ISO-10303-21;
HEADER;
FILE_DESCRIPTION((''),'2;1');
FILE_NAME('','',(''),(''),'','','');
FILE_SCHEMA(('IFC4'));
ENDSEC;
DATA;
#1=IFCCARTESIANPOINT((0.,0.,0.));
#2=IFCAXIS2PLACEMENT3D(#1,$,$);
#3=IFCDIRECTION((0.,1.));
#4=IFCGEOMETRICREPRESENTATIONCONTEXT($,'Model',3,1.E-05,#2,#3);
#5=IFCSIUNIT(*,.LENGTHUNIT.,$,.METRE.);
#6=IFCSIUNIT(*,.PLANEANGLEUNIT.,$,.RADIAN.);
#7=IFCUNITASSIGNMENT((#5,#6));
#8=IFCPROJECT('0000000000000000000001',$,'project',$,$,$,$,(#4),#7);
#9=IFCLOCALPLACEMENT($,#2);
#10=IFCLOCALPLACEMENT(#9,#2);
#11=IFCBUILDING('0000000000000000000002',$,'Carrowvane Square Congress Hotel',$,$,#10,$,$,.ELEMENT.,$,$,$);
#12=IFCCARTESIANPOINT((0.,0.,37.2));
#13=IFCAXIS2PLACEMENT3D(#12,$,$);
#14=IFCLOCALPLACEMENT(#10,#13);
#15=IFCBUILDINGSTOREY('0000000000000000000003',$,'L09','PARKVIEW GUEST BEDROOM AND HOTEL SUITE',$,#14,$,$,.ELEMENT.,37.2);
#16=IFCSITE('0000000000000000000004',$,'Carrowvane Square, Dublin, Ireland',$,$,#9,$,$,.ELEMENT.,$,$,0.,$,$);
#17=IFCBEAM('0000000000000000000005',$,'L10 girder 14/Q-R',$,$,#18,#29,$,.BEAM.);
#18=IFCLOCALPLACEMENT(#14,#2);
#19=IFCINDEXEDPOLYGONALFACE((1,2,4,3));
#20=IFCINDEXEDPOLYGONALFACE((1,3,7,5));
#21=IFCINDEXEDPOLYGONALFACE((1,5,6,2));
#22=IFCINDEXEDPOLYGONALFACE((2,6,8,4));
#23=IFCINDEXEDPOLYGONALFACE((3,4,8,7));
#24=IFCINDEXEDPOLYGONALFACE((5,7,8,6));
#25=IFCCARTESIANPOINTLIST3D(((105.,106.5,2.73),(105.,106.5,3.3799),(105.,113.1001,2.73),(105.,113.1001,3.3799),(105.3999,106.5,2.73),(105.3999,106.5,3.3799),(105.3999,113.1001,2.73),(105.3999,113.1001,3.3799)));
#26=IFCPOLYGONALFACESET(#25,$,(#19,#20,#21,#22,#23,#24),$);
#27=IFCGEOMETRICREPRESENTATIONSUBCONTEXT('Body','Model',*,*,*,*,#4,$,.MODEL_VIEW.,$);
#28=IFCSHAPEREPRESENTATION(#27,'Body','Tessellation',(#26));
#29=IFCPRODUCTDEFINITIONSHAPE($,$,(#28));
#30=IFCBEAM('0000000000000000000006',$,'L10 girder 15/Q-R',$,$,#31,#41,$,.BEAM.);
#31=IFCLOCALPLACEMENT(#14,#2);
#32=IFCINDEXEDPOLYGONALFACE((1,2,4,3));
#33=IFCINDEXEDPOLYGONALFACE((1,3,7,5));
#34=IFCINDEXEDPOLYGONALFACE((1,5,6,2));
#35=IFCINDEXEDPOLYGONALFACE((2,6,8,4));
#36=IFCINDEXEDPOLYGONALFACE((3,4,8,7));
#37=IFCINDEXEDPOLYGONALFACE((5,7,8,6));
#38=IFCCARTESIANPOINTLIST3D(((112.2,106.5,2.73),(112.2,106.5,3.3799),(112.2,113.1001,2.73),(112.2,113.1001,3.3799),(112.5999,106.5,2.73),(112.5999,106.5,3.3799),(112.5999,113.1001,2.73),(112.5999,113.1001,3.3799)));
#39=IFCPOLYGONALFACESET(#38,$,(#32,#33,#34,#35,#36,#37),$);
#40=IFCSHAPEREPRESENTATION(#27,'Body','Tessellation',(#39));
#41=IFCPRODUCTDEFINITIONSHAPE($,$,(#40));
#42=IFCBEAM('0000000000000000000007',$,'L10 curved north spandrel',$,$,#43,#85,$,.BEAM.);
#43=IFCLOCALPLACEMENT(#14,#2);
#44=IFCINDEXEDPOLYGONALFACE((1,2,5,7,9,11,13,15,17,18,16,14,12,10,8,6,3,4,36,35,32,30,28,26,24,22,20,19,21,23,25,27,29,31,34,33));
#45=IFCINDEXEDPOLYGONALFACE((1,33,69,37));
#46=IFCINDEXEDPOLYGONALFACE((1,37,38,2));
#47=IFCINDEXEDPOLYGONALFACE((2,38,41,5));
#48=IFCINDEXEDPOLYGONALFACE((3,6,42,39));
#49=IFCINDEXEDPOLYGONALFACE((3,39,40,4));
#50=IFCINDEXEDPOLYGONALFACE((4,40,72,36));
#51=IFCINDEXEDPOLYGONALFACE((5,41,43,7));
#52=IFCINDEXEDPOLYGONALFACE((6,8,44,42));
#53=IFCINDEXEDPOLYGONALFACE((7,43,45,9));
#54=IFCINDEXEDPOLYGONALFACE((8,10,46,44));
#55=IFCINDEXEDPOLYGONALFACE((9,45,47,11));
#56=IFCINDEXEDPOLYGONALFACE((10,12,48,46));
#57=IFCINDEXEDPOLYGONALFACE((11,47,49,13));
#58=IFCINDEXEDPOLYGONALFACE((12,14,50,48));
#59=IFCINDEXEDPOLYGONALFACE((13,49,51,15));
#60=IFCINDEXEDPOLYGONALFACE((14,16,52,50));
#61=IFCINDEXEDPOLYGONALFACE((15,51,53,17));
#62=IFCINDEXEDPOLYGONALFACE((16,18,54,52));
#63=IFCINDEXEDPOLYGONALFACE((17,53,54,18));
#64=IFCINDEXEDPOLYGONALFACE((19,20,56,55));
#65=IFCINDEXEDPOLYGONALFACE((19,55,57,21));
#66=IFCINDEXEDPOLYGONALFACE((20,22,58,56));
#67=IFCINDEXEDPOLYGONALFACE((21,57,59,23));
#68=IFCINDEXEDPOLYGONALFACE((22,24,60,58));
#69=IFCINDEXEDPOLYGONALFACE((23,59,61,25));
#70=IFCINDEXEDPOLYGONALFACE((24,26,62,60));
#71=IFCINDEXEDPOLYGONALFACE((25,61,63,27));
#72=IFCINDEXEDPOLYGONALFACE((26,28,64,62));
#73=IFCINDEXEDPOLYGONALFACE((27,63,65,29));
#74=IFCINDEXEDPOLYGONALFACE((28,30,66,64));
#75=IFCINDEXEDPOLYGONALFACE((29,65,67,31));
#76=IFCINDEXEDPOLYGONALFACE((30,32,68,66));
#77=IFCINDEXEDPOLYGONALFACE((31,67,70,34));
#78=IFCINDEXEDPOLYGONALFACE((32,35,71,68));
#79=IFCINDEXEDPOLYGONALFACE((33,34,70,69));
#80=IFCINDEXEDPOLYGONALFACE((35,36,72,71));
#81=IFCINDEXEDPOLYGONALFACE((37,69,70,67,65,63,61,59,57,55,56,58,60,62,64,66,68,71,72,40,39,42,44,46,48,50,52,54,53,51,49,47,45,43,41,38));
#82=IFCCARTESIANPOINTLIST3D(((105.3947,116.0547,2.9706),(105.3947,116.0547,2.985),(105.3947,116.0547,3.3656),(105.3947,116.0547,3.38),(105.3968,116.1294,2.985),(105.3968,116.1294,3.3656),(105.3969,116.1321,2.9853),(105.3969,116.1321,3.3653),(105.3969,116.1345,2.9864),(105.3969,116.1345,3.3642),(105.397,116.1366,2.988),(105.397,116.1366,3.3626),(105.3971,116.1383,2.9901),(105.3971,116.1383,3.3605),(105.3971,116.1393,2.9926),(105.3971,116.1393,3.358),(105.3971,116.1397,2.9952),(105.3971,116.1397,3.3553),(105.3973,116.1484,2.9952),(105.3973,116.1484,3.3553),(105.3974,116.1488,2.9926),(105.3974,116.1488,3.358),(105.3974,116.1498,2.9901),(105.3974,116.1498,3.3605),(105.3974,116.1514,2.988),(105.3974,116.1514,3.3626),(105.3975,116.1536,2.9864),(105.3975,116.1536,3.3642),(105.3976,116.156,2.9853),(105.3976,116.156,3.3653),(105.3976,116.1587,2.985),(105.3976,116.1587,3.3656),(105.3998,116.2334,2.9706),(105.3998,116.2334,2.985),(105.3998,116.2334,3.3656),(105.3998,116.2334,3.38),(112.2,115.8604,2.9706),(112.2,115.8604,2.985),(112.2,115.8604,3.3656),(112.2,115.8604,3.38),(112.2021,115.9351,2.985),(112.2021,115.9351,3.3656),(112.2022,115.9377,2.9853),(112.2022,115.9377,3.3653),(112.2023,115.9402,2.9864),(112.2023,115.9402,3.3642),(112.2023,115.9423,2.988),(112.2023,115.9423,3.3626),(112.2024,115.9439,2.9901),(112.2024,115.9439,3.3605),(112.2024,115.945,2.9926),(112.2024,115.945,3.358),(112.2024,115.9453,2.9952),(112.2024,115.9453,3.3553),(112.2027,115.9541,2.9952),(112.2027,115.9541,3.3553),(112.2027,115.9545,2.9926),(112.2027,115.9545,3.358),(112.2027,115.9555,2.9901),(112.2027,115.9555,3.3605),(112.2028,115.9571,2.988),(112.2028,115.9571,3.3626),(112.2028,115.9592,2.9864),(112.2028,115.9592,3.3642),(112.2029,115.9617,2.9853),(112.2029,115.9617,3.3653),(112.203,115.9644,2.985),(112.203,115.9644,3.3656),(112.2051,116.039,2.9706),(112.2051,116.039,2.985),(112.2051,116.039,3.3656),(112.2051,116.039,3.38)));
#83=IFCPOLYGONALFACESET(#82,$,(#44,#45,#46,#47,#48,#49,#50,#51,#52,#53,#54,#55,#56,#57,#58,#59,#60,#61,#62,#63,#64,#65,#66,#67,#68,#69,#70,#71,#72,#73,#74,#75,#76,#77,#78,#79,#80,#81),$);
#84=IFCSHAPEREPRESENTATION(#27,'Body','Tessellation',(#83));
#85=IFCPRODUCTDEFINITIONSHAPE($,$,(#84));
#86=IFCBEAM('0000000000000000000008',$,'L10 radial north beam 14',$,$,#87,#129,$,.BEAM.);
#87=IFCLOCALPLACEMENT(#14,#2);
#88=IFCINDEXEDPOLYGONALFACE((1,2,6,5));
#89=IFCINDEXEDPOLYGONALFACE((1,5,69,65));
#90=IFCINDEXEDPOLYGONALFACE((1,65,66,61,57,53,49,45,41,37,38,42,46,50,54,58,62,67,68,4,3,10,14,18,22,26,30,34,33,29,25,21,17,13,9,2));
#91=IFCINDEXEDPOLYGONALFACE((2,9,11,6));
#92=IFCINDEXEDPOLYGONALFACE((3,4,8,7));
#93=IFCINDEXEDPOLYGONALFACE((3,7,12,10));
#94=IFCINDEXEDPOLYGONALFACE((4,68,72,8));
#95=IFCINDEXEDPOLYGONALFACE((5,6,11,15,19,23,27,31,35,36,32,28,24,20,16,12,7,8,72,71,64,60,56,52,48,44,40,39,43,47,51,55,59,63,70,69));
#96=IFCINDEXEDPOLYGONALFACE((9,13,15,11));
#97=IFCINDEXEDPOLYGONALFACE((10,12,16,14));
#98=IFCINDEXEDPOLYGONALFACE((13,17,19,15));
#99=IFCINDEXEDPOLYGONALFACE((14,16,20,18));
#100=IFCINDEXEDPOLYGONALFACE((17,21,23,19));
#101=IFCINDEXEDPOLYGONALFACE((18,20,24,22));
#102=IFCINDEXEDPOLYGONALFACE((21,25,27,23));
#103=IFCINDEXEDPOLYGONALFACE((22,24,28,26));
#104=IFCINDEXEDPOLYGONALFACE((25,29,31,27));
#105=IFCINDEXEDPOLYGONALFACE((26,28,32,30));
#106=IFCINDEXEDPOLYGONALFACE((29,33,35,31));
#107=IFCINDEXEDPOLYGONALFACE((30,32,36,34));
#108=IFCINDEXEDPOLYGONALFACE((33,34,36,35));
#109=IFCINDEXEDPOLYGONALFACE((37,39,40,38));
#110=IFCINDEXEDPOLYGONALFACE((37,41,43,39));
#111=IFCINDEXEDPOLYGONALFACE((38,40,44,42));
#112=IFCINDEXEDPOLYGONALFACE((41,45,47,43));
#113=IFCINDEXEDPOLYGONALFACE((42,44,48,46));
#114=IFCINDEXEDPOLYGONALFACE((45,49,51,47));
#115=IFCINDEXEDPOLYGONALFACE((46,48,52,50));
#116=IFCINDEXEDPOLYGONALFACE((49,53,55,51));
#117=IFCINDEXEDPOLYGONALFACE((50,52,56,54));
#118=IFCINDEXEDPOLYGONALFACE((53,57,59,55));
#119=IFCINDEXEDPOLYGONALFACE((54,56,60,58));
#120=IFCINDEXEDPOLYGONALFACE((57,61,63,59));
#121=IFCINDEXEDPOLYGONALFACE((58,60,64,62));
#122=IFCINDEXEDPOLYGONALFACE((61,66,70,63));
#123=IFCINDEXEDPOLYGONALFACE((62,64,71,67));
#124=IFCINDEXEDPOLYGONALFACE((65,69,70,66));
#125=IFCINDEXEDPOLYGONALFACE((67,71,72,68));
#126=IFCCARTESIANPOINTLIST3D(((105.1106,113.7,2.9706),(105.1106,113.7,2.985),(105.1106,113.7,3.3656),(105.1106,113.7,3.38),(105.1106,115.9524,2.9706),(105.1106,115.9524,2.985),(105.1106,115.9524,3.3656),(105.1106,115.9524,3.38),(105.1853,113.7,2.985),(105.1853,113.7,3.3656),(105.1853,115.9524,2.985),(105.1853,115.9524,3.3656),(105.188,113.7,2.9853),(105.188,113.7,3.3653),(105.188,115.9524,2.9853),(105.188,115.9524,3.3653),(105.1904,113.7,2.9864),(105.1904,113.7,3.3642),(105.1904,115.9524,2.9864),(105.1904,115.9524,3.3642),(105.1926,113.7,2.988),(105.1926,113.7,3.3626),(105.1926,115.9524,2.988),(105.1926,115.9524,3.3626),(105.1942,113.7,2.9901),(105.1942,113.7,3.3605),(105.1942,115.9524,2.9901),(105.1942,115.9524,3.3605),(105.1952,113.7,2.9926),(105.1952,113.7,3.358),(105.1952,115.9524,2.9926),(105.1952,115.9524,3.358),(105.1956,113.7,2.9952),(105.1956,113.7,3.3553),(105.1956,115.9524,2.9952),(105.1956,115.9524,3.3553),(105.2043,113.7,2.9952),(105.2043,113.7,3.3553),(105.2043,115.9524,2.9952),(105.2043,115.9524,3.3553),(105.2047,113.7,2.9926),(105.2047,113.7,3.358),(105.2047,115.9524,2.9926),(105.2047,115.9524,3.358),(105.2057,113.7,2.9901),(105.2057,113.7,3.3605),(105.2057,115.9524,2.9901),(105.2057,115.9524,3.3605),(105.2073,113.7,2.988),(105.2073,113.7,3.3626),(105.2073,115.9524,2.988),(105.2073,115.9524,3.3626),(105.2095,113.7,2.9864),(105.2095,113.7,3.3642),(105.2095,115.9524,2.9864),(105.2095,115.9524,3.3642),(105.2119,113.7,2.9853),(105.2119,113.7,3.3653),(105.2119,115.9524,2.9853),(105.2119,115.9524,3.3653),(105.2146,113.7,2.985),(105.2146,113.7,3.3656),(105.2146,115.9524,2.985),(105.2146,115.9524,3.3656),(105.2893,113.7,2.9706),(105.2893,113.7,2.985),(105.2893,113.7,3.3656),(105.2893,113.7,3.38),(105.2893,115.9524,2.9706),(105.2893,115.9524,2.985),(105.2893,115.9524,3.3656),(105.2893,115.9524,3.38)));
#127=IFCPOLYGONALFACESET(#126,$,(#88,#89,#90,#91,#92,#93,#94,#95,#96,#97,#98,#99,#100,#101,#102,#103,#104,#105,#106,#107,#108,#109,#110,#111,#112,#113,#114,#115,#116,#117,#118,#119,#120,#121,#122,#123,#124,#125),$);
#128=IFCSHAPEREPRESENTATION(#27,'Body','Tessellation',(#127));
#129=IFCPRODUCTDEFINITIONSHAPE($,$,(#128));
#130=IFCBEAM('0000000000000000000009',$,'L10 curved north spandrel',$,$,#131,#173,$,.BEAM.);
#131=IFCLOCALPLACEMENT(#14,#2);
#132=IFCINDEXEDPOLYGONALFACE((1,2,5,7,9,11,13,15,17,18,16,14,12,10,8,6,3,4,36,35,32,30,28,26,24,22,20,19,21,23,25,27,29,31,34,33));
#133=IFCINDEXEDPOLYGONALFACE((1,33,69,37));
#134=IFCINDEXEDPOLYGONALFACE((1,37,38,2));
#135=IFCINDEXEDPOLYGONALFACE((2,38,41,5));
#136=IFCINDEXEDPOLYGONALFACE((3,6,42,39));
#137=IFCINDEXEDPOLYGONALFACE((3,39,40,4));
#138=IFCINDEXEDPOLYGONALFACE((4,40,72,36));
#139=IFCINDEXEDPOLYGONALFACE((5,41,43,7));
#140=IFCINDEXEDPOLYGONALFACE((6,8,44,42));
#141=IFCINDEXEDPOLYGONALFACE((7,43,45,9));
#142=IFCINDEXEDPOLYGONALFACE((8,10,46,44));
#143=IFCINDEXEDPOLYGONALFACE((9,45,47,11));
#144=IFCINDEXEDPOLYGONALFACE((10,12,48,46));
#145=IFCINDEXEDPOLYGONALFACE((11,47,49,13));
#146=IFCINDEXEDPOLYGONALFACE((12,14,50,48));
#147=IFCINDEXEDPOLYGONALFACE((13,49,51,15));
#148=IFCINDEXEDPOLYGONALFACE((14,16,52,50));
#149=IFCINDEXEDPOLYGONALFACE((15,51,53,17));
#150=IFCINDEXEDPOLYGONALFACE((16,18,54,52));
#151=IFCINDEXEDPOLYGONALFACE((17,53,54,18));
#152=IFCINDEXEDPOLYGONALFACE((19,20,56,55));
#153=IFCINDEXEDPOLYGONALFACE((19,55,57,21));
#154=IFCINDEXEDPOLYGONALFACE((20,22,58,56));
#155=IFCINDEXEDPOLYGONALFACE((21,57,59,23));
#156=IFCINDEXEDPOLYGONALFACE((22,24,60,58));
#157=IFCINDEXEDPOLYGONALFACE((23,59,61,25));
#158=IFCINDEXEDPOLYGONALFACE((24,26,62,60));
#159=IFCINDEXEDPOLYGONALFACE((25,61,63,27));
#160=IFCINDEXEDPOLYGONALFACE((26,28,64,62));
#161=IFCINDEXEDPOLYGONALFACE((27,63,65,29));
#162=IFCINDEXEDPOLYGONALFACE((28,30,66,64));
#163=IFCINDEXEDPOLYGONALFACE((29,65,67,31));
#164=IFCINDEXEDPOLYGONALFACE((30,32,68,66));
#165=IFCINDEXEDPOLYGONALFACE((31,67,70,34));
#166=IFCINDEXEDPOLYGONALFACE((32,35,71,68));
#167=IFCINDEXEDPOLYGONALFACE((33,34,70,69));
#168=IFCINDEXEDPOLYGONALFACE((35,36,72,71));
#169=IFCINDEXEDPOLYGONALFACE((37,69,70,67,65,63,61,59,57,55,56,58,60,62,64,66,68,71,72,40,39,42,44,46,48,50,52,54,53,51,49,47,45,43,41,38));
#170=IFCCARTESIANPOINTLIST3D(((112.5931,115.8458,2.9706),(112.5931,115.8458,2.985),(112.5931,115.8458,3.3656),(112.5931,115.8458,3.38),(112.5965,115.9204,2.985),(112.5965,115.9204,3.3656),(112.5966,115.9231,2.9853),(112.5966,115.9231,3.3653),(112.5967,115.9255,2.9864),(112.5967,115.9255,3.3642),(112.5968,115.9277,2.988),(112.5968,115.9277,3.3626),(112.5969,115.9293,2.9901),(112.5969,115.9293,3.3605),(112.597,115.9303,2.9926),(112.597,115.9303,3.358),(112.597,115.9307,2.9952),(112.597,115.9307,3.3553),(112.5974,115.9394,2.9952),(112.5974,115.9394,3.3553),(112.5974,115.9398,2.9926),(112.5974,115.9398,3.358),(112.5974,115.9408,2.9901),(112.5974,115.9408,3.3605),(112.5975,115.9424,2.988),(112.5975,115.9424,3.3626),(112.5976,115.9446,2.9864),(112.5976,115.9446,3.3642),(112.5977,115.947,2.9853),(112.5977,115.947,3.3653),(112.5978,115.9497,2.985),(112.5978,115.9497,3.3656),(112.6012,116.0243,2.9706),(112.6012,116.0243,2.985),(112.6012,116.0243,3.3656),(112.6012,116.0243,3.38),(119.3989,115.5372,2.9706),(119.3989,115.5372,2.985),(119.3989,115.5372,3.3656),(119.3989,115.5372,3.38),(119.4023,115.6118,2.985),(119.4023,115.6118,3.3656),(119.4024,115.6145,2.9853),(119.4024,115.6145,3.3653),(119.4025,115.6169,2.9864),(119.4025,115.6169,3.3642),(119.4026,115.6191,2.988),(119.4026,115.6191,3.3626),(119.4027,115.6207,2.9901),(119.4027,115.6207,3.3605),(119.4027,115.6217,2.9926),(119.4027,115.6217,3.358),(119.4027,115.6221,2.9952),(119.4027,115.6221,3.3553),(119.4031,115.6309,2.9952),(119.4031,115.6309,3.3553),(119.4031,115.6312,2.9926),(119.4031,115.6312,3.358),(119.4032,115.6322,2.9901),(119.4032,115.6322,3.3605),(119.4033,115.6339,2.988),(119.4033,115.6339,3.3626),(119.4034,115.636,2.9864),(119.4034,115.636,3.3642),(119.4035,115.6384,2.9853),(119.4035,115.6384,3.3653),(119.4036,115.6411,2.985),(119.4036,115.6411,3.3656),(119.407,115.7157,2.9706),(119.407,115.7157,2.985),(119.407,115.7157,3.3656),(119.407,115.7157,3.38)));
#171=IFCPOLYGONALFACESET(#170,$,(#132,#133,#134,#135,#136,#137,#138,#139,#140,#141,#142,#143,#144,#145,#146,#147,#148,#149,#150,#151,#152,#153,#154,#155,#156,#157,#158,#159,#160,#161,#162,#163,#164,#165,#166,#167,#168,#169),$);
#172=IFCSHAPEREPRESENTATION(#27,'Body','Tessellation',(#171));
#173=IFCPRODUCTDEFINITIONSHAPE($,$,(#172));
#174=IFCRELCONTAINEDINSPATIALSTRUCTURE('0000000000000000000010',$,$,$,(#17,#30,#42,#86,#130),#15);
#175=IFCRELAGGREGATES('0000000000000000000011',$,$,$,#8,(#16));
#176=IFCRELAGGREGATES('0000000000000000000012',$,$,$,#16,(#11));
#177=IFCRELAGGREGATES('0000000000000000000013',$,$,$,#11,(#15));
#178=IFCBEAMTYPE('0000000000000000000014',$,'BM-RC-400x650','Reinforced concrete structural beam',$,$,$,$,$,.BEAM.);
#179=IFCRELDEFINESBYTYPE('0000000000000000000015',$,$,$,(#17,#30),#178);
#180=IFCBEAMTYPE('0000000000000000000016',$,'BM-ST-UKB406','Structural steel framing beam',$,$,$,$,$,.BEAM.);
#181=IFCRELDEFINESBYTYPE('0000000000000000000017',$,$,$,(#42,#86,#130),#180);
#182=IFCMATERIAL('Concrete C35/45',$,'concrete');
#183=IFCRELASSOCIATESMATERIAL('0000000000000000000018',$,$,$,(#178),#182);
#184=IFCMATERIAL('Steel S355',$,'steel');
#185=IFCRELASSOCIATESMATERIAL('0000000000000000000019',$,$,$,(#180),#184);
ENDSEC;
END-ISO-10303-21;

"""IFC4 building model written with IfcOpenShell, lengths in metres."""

from ifc_helpers import new_model, si_unit, direction, frame, origin, origin_2d, place, context, subcontext, project, spatial, rectangle, i_section, extrude, material, material_profile, profile_set, type_object, element, save


model = new_model("IFC4")

# Units and contexts
model_context = context("Model", 3, precision=1e-05, world=origin(), true_north=direction((0.0, 1.0)))
body_context = subcontext(model_context, "Body", "Model", "MODEL_VIEW")
ifc_project = project(units=[si_unit("LENGTHUNIT", "METRE"), si_unit("PLANEANGLEUNIT", "RADIAN")], contexts=[model_context])

# Site, building, storey
site_placement = place(None, origin())
site = spatial("IfcSite", under=ifc_project, at=site_placement, Name="Carrowvane Square, Dublin, Ireland", CompositionType="ELEMENT", RefElevation=0.0)
building_placement = place(site_placement, origin())
building = spatial("IfcBuilding", under=site, at=building_placement, Name="Carrowvane Square Congress Hotel", CompositionType="ELEMENT")
storey_placement = place(building_placement, frame((0.0, 0.0, 37.2)))
storey = spatial("IfcBuildingStorey", under=building, at=storey_placement, Name="L09", Description="PARKVIEW GUEST BEDROOM AND HOTEL SUITE", CompositionType="ELEMENT", Elevation=37.2)

# Beams
ifc_material_1 = material(Name="Concrete C35/45", Category="concrete")
ifc_material_profile_1 = material_profile(ifc_material_1, rectangle(XDim=0.3999, YDim=0.6499, at=origin_2d()), Name="RC 400x650")
ifc_profile_set_1 = profile_set([ifc_material_profile_1], Name="Concrete C35/45")
beam_type_1 = type_object("IfcBeamType", Name="BM-RC-400x650", Description="Reinforced concrete structural beam", PredefinedType="BEAM", material=ifc_profile_set_1)
for number, where, z_axis, x_axis, name in (
    (1, (105.2, 106.5, 3.0549), (0.0, 1.0, 0.0), (-1.0, 0.0, 0.0), "L10 girder 14/Q-R"),
    (2, (112.3999, 106.5, 3.0549), (0.0, 1.0, 0.0), (-1.0, 0.0, 0.0), "L10 girder 15/Q-R"),
):
    element("IfcBeam", number, at=place(storey_placement, frame(where, z_axis=z_axis, x_axis=x_axis)), inside=storey, type_object=beam_type_1, Name=name, PredefinedType="BEAM", context=body_context, shape_type="SweptSolid", body=[
        extrude(rectangle(XDim=0.3999, YDim=0.6499, at=origin_2d()), origin(), (0.0, 0.0, 1.0), 6.6001),
    ])
ifc_material_2 = material(Name="Steel S355", Category="steel")
ifc_material_profile_2 = material_profile(ifc_material_2, i_section(OverallWidth=0.1787, OverallDepth=0.4094, WebThickness=0.0088, FlangeThickness=0.0144, FilletRadius=0.0103, at=origin_2d()), Name="UKB 406x178x67")
ifc_profile_set_2 = profile_set([ifc_material_profile_2], Name="Steel S355")
beam_type_2 = type_object("IfcBeamType", Name="BM-ST-UKB406", Description="Structural steel framing beam", PredefinedType="BEAM", material=ifc_profile_set_2)
beam_1_placement = place(storey_placement, frame((105.3972, 116.144, 3.1753), z_axis=(0.999593, -0.028544, 0.0), x_axis=(0.028544, 0.999593, 0.0)))
element("IfcBeam", 3, at=beam_1_placement, inside=storey, type_object=beam_type_2, Name="L10 curved north spandrel", PredefinedType="BEAM", context=body_context, shape_type="SweptSolid", body=[
    extrude(i_section(OverallWidth=0.1787, OverallDepth=0.4094, WebThickness=0.0088, FlangeThickness=0.0144, FilletRadius=0.0103, at=origin_2d()), origin(), (0.0, 0.0, 1.0), 6.8081),
])
beam_2_placement = place(storey_placement, frame((105.2, 113.7, 3.1753), z_axis=(0.0, 1.0, 0.0), x_axis=(-1.0, 0.0, 0.0)))
element("IfcBeam", 4, at=beam_2_placement, inside=storey, type_object=beam_type_2, Name="L10 radial north beam 14", PredefinedType="BEAM", context=body_context, shape_type="SweptSolid", body=[
    extrude(i_section(OverallWidth=0.1787, OverallDepth=0.4094, WebThickness=0.0088, FlangeThickness=0.0144, FilletRadius=0.0103, at=origin_2d()), origin(), (0.0, 0.0, 1.0), 2.2524),
])
beam_3_placement = place(storey_placement, frame((112.5972, 115.9351, 3.1753), z_axis=(0.998974, -0.045297, 0.0), x_axis=(0.045297, 0.998974, 0.0)))
element("IfcBeam", 5, at=beam_3_placement, inside=storey, type_object=beam_type_2, Name="L10 curved north spandrel", PredefinedType="BEAM", context=body_context, shape_type="SweptSolid", body=[
    extrude(i_section(OverallWidth=0.1787, OverallDepth=0.4094, WebThickness=0.0088, FlangeThickness=0.0144, FilletRadius=0.0103, at=origin_2d()), origin(), (0.0, 0.0, 1.0), 6.8127),
])

save(model, "model.ifc")
